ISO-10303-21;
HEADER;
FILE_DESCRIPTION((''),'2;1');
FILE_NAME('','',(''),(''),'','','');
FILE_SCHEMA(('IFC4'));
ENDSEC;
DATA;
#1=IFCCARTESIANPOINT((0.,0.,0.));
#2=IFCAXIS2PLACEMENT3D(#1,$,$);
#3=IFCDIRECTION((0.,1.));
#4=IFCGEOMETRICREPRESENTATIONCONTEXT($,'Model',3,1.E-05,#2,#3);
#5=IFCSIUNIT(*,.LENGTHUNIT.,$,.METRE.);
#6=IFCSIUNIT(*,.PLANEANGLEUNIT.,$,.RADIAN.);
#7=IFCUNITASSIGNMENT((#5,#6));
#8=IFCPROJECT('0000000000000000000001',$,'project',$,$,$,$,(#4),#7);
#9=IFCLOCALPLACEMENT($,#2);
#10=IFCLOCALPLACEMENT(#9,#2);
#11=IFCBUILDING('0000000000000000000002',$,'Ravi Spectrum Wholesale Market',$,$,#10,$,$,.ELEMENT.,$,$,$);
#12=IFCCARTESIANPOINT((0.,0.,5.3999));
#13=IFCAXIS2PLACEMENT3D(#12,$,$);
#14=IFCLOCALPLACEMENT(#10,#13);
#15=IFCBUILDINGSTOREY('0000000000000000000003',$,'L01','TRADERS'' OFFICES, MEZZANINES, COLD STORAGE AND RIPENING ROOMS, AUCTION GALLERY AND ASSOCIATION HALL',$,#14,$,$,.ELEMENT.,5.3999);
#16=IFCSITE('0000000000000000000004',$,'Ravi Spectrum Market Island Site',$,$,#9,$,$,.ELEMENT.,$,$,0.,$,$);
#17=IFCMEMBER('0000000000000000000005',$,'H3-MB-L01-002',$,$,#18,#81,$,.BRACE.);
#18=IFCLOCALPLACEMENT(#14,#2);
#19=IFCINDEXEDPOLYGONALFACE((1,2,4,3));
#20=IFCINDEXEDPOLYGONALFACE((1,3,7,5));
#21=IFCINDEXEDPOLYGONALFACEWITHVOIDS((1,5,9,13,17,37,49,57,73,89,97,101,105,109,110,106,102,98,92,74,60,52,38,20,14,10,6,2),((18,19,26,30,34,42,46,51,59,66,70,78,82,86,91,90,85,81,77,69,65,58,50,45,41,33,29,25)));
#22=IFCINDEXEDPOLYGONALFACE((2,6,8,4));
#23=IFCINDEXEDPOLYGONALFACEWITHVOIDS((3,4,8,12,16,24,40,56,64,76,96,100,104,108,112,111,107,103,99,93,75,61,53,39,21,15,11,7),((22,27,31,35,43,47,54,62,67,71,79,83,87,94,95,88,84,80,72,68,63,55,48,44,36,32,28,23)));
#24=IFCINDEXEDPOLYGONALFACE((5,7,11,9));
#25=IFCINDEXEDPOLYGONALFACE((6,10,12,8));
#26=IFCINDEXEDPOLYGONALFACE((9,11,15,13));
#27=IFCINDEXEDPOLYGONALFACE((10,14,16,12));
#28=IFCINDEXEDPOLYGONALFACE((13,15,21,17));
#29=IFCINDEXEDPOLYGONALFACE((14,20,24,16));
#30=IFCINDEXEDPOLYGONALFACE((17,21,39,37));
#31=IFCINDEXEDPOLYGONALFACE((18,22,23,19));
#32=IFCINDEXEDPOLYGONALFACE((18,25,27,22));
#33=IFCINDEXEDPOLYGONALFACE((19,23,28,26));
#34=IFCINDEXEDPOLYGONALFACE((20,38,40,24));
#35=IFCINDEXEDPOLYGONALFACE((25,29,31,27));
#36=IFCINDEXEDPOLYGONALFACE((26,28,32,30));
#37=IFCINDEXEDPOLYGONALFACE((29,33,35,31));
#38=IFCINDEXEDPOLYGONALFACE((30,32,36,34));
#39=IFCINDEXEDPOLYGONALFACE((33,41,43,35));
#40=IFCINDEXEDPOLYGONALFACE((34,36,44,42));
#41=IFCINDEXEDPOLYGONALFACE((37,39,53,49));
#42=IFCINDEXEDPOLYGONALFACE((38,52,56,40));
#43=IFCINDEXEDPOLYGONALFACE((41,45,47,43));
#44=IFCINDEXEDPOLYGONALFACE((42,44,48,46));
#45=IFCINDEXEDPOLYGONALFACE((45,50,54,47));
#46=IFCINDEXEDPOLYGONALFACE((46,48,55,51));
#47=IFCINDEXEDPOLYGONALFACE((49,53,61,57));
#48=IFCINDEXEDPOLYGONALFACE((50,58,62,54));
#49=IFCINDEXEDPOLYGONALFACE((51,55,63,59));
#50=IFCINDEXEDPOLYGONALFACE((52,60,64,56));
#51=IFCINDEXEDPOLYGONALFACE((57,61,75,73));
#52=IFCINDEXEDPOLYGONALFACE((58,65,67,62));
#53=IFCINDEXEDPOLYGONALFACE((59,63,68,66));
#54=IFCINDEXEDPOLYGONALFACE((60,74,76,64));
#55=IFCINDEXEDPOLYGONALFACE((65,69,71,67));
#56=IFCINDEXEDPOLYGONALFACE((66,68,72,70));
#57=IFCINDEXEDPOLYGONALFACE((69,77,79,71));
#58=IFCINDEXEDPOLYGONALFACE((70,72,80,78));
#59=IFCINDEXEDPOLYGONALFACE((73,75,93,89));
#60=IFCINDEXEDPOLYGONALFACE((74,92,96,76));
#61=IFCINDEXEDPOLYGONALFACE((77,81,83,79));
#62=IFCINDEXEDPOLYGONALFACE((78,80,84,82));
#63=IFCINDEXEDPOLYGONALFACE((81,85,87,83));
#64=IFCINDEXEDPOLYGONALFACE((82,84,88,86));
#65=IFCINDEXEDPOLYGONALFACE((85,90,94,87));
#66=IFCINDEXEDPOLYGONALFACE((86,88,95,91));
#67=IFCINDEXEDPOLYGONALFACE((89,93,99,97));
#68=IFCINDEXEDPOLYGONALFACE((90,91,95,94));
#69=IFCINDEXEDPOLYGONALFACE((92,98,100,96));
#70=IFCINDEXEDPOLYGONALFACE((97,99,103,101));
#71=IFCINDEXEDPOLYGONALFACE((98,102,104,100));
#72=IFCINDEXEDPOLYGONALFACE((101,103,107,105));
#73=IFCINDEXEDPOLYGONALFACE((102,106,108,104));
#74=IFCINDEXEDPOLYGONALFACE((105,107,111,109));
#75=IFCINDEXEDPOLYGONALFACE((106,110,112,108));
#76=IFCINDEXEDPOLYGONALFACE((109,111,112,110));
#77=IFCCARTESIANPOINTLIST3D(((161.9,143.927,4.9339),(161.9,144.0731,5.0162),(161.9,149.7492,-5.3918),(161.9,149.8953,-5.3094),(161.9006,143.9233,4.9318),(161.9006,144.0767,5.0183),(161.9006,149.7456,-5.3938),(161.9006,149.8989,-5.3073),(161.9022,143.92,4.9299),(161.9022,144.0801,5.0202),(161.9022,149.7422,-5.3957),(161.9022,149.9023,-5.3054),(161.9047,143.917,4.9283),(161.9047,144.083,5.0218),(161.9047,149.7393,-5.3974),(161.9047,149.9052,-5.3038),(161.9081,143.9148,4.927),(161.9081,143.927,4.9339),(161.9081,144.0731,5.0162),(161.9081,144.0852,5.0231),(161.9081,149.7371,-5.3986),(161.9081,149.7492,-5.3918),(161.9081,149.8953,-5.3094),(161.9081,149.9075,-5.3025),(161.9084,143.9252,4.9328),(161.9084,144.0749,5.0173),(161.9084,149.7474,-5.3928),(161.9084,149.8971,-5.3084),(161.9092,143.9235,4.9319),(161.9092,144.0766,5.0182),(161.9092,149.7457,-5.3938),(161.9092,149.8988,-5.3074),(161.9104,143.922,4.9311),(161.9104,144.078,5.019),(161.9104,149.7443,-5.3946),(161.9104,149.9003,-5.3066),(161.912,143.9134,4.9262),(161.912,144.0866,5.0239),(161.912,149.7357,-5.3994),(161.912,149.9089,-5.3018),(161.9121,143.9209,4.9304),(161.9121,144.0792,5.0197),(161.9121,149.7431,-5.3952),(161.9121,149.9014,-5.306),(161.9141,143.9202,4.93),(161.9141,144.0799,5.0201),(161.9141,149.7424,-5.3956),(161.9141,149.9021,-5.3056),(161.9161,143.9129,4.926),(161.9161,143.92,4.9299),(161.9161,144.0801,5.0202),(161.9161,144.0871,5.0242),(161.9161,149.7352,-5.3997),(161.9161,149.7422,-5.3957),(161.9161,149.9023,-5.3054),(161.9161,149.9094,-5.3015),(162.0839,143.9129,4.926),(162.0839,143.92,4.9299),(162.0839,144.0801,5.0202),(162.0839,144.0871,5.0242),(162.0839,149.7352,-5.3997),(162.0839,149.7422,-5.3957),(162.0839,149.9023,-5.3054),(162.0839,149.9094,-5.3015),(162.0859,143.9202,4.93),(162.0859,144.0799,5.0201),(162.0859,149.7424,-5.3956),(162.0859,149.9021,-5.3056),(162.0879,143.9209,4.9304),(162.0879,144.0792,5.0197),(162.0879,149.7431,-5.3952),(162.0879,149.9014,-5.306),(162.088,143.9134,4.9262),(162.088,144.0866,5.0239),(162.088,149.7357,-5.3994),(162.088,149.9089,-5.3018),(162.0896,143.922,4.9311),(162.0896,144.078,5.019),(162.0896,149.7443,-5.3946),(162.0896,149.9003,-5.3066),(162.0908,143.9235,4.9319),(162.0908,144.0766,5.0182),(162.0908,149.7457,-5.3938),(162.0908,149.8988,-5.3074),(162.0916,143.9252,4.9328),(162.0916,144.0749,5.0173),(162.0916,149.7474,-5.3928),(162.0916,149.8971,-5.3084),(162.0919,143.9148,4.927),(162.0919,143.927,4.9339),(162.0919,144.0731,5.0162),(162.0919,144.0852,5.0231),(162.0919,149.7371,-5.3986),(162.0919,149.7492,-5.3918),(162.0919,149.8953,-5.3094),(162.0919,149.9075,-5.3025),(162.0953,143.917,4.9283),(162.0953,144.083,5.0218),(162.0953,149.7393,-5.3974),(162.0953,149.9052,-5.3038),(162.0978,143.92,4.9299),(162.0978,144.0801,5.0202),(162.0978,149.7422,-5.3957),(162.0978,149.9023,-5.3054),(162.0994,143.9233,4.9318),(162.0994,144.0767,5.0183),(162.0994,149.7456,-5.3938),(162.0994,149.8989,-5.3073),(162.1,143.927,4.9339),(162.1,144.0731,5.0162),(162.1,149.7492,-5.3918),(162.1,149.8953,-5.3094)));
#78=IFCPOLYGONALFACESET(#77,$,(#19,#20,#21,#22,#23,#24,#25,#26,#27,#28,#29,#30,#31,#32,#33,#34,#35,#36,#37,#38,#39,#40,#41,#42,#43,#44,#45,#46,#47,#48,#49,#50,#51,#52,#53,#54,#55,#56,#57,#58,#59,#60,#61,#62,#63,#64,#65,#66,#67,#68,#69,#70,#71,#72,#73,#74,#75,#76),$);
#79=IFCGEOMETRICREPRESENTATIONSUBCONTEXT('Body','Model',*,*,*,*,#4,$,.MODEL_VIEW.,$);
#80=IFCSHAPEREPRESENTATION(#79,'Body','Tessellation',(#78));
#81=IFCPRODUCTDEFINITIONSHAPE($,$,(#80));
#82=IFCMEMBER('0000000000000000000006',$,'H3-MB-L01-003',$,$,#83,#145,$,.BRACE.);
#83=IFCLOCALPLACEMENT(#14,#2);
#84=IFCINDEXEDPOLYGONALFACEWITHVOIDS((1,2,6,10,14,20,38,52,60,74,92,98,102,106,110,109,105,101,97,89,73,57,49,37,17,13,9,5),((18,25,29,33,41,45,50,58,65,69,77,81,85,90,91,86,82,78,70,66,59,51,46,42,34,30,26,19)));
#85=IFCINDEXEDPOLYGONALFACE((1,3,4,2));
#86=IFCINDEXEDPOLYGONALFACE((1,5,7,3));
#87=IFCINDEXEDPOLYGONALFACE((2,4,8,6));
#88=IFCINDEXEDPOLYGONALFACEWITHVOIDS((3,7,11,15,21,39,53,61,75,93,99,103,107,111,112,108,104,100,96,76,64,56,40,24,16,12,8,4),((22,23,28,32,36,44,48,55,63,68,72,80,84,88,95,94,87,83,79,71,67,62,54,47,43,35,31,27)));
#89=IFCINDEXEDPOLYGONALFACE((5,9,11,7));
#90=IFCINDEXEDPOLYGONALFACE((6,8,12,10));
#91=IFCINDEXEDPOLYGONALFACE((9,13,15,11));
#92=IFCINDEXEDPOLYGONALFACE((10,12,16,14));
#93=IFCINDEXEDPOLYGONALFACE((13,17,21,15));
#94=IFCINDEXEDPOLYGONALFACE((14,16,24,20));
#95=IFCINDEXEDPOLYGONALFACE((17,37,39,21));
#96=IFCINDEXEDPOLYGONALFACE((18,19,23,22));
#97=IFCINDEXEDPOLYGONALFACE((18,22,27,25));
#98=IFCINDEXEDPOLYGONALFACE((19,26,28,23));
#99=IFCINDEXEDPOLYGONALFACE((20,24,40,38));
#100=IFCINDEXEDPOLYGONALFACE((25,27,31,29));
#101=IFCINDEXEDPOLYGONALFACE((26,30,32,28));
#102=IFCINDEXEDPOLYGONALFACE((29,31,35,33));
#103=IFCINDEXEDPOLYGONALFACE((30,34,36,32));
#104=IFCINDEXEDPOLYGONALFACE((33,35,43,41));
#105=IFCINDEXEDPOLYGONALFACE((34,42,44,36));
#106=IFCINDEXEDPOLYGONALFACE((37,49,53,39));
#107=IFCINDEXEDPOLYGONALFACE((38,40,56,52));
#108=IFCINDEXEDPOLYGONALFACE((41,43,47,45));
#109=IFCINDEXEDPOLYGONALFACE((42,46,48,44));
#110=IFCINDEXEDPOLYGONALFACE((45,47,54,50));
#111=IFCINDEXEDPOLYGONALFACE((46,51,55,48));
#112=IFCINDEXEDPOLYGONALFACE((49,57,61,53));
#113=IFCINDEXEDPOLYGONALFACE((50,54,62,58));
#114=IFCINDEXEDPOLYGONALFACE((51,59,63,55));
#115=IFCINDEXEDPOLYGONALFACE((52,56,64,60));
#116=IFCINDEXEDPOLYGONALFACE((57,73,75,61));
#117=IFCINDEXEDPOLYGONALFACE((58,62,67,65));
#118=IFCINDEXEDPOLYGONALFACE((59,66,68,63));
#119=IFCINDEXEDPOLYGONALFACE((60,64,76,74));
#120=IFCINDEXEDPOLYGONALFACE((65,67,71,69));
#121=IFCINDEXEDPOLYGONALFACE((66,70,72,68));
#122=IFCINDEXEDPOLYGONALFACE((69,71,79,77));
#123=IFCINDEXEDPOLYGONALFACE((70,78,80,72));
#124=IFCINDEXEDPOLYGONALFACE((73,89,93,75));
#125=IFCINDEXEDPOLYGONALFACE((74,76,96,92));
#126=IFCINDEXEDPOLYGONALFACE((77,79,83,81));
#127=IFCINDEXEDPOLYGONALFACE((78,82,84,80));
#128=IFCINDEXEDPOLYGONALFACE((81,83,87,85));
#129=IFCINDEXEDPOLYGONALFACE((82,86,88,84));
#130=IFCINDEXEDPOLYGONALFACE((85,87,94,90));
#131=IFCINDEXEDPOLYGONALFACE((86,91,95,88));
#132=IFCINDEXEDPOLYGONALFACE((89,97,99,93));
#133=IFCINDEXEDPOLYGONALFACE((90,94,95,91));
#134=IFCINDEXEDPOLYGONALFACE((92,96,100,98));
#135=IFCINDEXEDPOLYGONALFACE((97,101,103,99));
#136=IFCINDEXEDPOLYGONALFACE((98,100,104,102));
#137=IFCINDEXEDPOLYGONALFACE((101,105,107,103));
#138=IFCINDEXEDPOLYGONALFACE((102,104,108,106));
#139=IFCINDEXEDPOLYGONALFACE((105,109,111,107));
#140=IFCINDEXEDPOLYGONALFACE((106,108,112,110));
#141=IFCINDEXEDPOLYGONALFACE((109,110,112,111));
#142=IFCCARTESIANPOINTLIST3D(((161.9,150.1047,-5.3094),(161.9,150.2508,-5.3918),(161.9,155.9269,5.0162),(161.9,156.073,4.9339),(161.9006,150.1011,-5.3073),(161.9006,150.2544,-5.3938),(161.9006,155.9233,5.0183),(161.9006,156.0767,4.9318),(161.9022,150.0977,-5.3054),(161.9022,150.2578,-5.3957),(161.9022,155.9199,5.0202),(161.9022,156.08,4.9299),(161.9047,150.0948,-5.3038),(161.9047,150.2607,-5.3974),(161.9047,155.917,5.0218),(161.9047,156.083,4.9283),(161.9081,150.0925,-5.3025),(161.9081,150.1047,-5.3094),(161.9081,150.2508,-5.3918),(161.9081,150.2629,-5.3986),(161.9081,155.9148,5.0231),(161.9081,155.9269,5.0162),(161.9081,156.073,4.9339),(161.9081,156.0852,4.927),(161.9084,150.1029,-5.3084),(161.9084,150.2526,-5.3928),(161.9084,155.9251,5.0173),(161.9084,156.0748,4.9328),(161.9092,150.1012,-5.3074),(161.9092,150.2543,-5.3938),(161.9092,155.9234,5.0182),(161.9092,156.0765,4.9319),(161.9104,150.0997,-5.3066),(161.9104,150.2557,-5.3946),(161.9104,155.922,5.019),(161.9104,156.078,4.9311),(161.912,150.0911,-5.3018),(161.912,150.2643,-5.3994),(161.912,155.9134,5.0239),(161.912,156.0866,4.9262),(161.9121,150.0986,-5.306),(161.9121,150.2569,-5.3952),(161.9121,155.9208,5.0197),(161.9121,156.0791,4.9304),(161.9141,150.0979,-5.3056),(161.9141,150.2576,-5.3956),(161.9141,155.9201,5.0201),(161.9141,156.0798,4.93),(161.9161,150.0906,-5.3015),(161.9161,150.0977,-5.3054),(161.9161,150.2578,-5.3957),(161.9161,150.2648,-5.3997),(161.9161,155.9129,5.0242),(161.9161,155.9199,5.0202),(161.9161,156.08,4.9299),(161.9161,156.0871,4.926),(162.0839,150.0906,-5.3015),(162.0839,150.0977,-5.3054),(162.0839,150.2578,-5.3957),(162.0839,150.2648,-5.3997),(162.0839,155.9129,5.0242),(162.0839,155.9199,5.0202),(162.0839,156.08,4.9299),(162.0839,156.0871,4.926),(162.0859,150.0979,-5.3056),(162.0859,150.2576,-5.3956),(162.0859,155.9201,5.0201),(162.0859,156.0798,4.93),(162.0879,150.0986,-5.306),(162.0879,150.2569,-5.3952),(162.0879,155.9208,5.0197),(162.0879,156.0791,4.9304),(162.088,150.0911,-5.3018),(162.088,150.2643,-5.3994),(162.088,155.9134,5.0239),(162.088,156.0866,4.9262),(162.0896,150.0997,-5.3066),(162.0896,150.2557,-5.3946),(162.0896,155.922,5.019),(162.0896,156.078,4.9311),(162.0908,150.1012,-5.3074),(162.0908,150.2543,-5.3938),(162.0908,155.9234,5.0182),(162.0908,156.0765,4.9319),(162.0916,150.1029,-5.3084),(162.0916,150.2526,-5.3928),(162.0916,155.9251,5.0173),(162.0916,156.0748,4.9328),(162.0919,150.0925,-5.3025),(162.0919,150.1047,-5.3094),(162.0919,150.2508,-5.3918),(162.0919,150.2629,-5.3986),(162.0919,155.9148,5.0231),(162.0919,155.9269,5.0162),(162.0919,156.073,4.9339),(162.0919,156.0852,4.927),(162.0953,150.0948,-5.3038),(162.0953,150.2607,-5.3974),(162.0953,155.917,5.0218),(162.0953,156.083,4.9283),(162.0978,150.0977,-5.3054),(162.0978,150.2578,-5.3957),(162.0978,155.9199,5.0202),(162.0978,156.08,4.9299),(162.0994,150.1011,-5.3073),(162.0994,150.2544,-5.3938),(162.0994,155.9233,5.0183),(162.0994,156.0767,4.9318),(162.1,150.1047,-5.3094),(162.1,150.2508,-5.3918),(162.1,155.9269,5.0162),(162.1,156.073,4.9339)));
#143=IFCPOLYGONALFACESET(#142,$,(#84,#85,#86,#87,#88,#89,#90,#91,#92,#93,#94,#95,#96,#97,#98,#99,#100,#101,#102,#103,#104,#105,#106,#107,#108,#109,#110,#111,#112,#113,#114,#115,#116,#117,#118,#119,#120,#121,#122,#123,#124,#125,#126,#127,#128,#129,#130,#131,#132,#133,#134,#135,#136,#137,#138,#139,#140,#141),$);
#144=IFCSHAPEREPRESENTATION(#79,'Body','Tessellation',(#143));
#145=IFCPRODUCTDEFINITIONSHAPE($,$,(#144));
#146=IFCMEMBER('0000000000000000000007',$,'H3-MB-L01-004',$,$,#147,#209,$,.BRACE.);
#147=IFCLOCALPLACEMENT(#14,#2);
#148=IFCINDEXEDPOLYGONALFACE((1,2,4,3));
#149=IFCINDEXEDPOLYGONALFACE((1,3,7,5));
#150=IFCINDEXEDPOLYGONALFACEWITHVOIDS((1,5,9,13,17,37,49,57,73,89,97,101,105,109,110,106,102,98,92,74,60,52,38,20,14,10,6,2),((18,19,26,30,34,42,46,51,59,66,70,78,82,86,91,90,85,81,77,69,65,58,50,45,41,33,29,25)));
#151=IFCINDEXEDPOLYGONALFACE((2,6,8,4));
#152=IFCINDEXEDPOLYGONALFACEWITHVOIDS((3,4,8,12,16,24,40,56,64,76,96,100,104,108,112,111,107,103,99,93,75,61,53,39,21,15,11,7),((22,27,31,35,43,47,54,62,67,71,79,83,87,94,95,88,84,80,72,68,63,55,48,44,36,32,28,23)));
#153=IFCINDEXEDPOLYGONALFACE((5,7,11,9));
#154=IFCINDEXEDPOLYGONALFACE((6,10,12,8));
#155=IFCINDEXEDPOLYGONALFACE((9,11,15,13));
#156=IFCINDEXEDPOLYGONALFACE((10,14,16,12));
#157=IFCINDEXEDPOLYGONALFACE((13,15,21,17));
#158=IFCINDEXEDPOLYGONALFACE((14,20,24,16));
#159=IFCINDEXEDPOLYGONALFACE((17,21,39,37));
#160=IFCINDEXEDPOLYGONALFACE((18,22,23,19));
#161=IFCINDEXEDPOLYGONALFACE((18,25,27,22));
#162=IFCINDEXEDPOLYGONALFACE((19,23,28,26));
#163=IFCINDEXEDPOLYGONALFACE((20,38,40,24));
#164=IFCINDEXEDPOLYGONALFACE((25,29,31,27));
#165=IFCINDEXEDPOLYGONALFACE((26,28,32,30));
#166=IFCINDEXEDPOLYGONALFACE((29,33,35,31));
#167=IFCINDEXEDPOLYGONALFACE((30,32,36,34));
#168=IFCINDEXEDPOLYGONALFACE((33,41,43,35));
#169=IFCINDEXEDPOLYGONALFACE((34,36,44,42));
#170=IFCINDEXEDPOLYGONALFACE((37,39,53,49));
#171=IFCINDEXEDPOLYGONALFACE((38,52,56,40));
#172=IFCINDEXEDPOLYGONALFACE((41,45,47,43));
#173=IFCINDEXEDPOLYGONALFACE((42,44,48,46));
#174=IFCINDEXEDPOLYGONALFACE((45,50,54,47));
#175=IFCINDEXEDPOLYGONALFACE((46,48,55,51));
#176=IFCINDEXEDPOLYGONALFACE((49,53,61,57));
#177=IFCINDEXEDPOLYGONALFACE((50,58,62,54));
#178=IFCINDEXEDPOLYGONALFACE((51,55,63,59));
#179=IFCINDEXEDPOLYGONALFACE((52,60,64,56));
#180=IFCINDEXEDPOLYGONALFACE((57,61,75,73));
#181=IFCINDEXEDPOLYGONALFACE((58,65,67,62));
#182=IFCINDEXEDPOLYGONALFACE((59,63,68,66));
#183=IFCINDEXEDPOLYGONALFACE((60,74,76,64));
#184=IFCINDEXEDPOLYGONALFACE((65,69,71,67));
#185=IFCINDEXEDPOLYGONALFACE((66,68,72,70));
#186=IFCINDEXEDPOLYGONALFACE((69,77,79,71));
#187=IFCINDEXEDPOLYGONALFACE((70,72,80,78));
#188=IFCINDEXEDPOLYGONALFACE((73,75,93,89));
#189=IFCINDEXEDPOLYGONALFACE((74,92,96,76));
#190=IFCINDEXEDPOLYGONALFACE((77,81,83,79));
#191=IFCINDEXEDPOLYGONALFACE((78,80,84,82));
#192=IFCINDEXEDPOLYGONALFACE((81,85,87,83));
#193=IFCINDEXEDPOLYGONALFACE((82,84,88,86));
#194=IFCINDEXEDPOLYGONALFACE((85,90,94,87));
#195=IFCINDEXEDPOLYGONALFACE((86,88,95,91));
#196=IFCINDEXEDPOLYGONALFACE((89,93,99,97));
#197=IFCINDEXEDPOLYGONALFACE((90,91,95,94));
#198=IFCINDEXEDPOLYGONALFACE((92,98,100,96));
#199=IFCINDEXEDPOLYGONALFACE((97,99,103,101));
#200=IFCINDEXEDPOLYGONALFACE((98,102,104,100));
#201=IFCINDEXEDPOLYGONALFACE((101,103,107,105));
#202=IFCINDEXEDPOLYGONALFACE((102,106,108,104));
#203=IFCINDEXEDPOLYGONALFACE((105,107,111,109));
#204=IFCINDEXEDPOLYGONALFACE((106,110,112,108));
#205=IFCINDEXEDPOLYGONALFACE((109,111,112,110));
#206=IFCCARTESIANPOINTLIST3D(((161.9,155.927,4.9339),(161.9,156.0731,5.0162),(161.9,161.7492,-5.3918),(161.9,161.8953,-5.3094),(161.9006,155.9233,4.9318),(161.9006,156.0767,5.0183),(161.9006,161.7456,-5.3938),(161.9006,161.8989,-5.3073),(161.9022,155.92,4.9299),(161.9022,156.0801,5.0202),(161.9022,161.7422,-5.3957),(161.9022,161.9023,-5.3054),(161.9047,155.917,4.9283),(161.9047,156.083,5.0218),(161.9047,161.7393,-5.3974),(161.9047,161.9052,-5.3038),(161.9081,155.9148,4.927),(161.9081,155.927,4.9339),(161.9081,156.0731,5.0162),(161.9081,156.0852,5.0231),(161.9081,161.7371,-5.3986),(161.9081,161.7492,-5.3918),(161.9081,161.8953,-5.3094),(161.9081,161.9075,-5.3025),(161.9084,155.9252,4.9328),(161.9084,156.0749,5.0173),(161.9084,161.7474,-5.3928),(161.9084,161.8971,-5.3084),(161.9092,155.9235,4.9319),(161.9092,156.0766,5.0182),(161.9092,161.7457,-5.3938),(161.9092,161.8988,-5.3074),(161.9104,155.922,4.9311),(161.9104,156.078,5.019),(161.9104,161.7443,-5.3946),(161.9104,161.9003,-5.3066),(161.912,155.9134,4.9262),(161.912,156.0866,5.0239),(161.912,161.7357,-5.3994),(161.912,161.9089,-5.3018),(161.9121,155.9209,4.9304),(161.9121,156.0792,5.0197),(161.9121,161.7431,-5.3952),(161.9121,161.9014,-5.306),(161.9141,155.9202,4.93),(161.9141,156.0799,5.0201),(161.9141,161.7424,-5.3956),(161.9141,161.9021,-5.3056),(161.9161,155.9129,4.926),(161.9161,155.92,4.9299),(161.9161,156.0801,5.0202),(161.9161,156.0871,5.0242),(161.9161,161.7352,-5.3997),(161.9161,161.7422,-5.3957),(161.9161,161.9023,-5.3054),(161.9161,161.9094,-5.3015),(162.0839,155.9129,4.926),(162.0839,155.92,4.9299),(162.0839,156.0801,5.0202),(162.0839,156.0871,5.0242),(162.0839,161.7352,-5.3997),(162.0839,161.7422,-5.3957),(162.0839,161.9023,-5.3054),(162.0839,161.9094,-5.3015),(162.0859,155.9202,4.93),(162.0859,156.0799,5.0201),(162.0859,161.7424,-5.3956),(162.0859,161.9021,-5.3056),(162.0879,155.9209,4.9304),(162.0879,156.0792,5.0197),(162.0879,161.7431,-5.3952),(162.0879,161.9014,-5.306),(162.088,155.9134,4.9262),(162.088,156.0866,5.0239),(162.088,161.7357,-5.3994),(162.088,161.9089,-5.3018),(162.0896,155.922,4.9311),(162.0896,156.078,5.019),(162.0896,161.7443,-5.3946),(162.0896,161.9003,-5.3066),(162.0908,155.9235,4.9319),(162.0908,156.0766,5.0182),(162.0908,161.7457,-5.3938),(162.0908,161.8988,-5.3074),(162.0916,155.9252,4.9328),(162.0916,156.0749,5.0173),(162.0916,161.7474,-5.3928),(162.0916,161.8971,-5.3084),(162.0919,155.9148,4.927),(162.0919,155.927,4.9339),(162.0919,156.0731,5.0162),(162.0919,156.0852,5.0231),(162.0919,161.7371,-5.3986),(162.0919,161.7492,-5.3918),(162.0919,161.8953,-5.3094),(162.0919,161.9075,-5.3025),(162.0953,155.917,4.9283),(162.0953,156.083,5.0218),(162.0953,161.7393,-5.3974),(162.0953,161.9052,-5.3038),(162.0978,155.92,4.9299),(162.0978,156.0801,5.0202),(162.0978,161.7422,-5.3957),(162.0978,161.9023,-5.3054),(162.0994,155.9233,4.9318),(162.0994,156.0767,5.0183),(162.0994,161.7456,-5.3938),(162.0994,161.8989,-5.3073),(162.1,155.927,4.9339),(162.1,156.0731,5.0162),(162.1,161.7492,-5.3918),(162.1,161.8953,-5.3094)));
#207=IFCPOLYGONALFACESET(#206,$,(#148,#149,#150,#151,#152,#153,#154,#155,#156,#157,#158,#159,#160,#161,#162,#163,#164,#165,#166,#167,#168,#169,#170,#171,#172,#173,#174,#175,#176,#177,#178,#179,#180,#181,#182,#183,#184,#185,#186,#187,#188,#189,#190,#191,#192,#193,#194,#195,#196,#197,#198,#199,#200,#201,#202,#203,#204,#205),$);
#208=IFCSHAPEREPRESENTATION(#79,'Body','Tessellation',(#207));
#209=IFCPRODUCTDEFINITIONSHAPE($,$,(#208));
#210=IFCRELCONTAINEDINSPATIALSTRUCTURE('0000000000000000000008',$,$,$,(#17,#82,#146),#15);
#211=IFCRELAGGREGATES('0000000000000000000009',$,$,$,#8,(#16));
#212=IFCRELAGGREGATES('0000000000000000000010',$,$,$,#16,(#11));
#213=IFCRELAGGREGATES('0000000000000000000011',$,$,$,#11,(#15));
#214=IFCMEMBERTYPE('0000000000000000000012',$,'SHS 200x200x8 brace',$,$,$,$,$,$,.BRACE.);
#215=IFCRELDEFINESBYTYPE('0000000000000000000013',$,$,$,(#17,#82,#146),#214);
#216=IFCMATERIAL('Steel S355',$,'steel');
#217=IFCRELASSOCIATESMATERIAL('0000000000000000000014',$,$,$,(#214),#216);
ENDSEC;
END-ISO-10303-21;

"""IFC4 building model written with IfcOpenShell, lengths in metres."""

from ifc_helpers import new_model, si_unit, direction, frame, origin, origin_2d, place, context, subcontext, project, spatial, hollow_rectangle, extrude, material, material_profile, profile_set, type_object, element, save


model = new_model("IFC4")

# Units and contexts
model_context = context("Model", 3, precision=1e-05, world=origin(), true_north=direction((0.0, 1.0)))
body_context = subcontext(model_context, "Body", "Model", "MODEL_VIEW")
ifc_project = project(units=[si_unit("LENGTHUNIT", "METRE"), si_unit("PLANEANGLEUNIT", "RADIAN")], contexts=[model_context])

# Site, building, storey
site_placement = place(None, origin())
site = spatial("IfcSite", under=ifc_project, at=site_placement, Name="Ravi Spectrum Market Island Site", CompositionType="ELEMENT", RefElevation=0.0)
building_placement = place(site_placement, origin())
building = spatial("IfcBuilding", under=site, at=building_placement, Name="Ravi Spectrum Wholesale Market", CompositionType="ELEMENT")
storey_placement = place(building_placement, frame((0.0, 0.0, 5.3999)))
storey = spatial("IfcBuildingStorey", under=building, at=storey_placement, Name="L01", Description="TRADERS' OFFICES, MEZZANINES, COLD STORAGE AND RIPENING ROOMS, AUCTION GALLERY AND ASSOCIATION HALL", CompositionType="ELEMENT", Elevation=5.3999)

# Members
ifc_material_1 = material(Name="Steel S355", Category="steel")
ifc_material_profile_1 = material_profile(ifc_material_1, hollow_rectangle(XDim=0.2, YDim=0.2, WallThickness=0.0081, InnerFilletRadius=0.0081, OuterFilletRadius=0.0161, at=origin_2d()))
ifc_profile_set_1 = profile_set([ifc_material_profile_1], Name="Steel S355")
member_type_1 = type_object("IfcMemberType", Name="SHS 200x200x8 brace", PredefinedType="BRACE", material=ifc_profile_set_1)
for number, where, z_axis, x_axis, name in (
    (1, (162.0, 149.8223, -5.3506), (0.0, -0.491163, 0.871068), (1.0, 0.0, 0.0), "H3-MB-L01-002"),
    (2, (162.0, 150.1777, -5.3506), (0.0, 0.491163, 0.871068), (-1.0, 0.0, 0.0), "H3-MB-L01-003"),
    (3, (162.0, 161.8223, -5.3506), (0.0, -0.491163, 0.871068), (1.0, 0.0, 0.0), "H3-MB-L01-004"),
):
    element("IfcMember", number, at=place(storey_placement, frame(where, z_axis=z_axis, x_axis=x_axis)), inside=storey, type_object=member_type_1, Name=name, PredefinedType="BRACE", context=body_context, shape_type="SweptSolid", body=[
        extrude(hollow_rectangle(XDim=0.2, YDim=0.2, WallThickness=0.0081, InnerFilletRadius=0.0081, OuterFilletRadius=0.0161, at=origin_2d()), origin(), (0.0, 0.0, 1.0), 11.854),
    ])

save(model, "model.ifc")
